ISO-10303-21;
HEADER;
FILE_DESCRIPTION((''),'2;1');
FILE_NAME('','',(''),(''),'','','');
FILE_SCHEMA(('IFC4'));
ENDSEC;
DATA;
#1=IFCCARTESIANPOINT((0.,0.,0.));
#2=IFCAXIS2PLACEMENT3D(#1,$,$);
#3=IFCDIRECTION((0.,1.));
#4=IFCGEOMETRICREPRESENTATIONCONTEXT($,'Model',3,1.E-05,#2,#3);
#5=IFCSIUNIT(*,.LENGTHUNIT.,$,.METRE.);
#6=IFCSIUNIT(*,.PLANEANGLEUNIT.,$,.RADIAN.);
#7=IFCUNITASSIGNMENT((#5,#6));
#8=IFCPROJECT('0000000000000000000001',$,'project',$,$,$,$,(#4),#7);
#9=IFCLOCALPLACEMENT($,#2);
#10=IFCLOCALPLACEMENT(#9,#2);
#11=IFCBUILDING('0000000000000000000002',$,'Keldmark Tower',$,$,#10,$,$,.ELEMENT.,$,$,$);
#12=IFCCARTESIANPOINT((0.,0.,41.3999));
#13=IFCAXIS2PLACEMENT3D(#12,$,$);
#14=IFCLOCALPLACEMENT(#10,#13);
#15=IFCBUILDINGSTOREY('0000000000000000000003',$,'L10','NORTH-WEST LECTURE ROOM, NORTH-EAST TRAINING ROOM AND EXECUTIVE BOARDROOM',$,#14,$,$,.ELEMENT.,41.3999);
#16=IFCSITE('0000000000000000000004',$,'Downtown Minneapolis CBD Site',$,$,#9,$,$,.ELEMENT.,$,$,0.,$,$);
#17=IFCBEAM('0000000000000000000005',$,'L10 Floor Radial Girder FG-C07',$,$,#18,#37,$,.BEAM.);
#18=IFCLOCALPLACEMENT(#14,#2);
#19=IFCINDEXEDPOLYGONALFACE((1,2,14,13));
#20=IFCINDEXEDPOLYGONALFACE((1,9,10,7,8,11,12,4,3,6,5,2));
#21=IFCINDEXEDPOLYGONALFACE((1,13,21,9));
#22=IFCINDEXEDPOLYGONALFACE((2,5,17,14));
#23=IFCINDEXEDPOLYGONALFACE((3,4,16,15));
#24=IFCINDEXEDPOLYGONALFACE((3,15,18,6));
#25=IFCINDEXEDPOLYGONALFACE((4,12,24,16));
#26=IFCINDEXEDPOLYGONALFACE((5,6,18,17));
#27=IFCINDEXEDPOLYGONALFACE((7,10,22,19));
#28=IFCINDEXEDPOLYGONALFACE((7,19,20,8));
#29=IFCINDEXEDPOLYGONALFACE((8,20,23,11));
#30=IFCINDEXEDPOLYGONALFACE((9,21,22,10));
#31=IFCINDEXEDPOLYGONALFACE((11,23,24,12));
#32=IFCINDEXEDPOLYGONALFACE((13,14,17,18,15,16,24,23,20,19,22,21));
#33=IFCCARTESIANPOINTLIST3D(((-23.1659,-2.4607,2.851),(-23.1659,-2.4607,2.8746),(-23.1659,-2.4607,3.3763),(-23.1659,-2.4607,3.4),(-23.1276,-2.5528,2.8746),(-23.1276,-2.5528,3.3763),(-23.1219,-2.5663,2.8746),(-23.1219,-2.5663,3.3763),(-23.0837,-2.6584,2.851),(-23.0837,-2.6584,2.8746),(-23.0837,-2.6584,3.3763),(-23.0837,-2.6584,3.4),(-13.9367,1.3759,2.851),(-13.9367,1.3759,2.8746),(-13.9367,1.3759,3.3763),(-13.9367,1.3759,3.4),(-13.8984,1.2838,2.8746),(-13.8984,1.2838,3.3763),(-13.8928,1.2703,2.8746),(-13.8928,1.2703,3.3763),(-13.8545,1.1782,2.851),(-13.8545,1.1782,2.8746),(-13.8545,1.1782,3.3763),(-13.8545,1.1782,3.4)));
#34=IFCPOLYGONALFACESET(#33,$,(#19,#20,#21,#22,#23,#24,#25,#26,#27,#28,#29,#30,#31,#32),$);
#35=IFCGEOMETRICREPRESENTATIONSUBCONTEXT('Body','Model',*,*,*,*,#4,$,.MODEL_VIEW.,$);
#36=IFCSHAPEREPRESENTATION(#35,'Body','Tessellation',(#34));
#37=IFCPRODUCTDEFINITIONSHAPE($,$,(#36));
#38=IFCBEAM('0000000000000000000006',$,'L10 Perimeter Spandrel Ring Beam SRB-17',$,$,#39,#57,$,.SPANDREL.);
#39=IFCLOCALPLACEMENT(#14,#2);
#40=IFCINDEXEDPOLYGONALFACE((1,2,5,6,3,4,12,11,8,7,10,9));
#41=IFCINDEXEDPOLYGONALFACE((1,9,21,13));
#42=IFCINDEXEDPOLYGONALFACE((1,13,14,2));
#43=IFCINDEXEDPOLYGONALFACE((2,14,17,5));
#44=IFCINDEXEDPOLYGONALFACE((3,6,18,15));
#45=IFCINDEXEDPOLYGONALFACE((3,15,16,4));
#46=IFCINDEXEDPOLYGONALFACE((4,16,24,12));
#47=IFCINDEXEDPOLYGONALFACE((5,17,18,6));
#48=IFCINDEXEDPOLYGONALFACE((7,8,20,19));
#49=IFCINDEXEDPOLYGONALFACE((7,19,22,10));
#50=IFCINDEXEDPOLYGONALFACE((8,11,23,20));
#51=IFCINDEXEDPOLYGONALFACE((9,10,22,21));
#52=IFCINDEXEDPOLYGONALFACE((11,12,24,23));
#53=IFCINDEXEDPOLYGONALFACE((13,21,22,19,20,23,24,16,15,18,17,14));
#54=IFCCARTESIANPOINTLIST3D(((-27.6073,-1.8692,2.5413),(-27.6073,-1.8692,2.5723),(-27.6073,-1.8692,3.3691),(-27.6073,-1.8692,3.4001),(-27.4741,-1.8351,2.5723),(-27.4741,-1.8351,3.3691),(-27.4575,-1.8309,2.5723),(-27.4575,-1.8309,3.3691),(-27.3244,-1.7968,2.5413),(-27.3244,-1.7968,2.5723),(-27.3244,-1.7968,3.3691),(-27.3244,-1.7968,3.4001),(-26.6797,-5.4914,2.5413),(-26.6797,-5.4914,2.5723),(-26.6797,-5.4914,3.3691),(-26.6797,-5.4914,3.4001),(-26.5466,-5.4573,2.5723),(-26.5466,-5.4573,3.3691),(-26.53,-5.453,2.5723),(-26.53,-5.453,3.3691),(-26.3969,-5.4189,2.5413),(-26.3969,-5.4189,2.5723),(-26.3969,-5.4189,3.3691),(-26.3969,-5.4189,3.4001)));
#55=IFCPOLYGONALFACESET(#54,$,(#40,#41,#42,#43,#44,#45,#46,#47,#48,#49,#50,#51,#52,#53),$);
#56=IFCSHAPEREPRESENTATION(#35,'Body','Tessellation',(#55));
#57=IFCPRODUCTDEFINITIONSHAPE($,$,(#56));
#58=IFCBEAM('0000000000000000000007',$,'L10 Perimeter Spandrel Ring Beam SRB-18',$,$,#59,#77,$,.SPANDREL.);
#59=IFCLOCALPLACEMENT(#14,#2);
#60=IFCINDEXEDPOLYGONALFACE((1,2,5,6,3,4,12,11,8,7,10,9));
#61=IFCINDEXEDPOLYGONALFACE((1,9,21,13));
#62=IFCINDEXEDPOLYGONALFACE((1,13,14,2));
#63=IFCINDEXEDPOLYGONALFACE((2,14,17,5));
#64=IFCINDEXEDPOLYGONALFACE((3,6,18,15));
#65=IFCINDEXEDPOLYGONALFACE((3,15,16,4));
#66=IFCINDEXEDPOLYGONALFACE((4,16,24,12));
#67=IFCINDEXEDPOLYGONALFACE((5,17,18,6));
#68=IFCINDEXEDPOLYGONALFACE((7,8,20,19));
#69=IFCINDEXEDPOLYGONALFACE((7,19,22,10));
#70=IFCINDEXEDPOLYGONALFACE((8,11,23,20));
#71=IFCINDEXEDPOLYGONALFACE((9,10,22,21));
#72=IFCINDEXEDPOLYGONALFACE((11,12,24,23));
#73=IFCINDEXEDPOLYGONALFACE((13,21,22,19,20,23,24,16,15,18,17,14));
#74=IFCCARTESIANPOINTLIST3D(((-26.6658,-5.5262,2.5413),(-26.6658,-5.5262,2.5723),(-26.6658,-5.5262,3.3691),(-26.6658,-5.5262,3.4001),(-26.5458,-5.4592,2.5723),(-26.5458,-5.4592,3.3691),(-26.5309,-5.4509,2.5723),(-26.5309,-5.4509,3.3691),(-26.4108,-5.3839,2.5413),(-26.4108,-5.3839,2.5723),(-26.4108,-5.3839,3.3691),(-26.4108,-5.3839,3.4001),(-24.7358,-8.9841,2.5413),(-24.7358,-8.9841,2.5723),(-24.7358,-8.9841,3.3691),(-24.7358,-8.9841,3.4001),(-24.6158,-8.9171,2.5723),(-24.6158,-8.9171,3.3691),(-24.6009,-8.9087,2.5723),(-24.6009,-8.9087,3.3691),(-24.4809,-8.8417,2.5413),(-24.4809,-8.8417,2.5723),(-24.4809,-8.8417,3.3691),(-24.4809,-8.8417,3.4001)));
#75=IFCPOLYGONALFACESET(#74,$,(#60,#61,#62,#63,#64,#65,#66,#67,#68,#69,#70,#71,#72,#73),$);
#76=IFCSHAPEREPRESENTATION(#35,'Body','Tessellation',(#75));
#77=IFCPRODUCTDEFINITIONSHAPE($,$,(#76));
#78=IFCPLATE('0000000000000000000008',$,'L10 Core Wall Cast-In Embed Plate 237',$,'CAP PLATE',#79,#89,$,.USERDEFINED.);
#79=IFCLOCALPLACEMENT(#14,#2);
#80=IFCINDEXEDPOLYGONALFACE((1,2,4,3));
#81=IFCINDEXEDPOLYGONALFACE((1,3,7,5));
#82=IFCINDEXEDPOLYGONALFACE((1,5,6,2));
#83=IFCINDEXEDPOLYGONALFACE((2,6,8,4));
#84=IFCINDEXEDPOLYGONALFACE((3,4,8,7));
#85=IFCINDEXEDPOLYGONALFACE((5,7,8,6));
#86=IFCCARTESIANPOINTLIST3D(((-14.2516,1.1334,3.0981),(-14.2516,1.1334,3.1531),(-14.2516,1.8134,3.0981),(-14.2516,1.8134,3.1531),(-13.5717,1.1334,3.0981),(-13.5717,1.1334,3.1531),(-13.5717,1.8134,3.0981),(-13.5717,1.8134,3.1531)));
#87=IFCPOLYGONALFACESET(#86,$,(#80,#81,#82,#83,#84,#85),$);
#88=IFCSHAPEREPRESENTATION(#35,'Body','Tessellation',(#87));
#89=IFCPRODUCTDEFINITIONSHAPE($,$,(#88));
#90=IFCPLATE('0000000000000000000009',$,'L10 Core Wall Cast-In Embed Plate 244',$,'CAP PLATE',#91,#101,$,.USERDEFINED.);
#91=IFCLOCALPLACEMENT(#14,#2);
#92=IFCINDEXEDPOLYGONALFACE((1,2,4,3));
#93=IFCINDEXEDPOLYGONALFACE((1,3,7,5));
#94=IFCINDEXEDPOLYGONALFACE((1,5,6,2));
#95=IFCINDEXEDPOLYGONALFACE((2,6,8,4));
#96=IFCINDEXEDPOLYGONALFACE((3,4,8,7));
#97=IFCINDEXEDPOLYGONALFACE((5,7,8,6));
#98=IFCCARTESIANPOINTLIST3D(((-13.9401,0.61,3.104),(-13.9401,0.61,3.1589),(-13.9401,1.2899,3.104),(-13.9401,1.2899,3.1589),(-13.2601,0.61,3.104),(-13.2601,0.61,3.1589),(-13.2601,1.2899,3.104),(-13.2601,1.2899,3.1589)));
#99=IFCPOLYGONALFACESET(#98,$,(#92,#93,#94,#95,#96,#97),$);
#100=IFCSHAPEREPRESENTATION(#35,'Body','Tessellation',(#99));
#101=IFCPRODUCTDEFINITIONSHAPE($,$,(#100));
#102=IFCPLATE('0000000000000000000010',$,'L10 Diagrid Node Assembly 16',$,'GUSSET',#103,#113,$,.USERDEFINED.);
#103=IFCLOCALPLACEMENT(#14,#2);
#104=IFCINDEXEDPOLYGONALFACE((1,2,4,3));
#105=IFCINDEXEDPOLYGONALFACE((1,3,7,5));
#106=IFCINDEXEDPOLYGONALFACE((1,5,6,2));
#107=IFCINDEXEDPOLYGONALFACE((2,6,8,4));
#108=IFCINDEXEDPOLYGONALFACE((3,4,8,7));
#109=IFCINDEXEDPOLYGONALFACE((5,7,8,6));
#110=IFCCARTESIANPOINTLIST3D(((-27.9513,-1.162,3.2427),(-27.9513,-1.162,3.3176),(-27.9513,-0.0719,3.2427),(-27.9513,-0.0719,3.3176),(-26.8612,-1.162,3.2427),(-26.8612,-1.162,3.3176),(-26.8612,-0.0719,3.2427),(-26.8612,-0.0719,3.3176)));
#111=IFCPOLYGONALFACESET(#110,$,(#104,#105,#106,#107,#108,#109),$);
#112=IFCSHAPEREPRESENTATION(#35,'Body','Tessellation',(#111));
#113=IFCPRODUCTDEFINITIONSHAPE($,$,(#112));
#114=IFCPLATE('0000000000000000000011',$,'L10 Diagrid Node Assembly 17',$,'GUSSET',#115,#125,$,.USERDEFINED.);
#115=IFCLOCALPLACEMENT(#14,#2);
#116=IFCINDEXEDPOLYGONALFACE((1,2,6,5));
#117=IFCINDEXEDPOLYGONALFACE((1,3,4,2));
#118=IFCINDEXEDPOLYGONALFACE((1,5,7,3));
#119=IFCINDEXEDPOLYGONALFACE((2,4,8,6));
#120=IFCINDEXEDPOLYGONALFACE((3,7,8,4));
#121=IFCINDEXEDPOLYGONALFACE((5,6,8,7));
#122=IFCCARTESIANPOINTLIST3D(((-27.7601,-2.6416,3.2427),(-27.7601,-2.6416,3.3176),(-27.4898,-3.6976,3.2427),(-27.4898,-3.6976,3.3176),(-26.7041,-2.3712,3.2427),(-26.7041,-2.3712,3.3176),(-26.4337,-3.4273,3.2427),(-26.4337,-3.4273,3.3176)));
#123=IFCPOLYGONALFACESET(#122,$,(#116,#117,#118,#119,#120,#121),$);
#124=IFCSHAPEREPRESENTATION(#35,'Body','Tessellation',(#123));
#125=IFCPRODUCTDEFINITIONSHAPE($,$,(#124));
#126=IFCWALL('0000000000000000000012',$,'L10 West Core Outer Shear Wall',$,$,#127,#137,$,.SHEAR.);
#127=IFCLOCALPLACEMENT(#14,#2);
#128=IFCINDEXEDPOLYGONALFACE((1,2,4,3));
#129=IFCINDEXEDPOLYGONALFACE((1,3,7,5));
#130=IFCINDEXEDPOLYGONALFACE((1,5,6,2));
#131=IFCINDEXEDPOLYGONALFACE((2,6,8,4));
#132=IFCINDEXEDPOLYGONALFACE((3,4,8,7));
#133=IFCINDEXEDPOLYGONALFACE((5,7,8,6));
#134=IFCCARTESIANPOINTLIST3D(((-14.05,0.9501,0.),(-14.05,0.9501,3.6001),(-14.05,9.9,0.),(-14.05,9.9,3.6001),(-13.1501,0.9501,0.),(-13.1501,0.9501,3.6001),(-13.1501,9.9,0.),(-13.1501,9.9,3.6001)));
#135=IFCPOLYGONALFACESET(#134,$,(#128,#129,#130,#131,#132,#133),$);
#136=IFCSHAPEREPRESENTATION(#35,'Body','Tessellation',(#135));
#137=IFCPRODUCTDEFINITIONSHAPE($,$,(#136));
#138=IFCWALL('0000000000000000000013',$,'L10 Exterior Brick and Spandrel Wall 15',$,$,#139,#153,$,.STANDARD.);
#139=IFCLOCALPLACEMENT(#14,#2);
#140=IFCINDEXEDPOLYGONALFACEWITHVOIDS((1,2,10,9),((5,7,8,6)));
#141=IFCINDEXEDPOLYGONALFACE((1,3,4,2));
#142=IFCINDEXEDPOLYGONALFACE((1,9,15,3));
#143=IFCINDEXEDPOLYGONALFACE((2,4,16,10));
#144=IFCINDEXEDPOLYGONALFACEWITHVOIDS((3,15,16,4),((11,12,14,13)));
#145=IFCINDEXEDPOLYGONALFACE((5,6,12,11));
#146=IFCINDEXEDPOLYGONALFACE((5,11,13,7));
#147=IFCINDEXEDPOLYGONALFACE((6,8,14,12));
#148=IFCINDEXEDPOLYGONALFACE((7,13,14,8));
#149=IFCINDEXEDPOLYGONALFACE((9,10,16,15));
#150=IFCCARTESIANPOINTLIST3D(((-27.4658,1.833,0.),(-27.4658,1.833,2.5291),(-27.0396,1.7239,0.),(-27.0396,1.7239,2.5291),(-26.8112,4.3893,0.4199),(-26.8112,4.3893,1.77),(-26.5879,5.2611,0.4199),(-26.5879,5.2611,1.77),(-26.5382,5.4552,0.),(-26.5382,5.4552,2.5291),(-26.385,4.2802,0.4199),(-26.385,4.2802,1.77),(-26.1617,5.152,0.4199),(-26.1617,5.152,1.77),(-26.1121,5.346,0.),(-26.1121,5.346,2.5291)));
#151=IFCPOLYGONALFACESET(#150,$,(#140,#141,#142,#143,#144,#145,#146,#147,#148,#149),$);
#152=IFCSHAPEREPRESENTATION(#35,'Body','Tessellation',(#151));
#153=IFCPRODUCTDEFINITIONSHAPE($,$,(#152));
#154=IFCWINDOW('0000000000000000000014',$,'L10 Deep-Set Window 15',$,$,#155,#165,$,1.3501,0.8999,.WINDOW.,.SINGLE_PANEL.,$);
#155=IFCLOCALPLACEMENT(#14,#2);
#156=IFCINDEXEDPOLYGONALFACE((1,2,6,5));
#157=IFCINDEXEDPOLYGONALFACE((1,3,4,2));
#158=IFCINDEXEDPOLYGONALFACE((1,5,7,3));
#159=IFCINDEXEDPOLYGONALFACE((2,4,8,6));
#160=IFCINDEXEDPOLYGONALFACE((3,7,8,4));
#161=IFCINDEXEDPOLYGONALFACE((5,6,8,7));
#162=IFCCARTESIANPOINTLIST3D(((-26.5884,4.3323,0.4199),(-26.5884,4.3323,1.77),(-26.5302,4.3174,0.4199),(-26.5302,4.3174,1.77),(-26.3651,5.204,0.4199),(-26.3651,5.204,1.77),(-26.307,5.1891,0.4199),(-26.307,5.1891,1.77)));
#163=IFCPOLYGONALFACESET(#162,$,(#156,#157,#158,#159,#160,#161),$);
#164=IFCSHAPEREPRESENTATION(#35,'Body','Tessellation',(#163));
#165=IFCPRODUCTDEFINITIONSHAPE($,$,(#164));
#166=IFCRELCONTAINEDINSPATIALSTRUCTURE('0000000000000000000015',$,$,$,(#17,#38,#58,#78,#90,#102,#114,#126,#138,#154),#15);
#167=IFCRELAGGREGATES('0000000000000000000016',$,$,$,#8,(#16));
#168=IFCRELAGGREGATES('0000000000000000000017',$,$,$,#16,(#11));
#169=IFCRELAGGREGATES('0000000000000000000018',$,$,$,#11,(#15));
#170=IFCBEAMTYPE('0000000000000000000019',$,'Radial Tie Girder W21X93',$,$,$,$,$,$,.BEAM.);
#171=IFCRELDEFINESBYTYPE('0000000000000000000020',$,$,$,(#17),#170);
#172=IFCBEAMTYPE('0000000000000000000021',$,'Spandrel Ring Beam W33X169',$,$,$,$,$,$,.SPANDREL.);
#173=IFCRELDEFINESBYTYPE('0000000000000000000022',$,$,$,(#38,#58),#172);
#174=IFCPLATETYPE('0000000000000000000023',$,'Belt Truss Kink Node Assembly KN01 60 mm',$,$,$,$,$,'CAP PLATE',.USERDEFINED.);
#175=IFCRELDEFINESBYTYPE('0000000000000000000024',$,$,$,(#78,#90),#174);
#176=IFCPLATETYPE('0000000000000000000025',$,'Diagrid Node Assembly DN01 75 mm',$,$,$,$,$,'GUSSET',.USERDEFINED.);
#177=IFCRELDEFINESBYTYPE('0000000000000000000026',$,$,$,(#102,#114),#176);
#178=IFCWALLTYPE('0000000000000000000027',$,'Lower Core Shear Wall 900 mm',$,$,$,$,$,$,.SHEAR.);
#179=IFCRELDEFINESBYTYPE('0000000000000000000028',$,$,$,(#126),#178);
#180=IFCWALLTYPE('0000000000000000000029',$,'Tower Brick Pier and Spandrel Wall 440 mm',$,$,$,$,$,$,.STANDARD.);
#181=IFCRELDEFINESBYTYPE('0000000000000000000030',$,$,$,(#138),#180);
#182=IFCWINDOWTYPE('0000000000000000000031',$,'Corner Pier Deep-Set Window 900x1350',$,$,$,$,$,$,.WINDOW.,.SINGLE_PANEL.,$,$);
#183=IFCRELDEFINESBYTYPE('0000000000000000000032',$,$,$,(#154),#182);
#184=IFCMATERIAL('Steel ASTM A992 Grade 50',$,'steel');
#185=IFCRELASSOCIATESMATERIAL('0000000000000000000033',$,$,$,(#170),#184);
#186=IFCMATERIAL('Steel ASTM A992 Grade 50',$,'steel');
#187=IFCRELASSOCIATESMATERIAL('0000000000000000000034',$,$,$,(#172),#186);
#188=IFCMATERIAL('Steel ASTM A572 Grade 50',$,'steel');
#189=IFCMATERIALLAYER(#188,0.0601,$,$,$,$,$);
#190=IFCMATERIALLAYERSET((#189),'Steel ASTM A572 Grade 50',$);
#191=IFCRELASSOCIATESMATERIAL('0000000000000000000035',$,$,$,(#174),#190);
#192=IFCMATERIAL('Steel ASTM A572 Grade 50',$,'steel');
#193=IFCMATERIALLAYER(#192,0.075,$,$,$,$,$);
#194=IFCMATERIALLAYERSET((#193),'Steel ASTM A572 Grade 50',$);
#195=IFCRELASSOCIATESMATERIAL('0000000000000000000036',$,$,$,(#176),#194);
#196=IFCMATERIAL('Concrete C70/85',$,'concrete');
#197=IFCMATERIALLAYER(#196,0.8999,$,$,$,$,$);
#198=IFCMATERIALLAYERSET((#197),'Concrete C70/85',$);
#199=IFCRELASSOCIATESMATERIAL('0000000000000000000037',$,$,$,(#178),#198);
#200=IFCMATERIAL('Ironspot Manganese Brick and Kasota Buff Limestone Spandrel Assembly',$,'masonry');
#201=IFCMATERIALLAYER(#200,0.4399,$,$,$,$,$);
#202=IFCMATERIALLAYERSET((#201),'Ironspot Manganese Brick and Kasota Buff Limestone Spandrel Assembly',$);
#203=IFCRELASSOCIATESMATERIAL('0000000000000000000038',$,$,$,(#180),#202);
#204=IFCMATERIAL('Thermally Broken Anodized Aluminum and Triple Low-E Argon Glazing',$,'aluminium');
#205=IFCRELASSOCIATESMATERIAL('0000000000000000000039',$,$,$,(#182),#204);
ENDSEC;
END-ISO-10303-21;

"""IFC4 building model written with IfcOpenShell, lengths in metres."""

from ifc_helpers import new_model, si_unit, direction, frame, frame_2d, origin, origin_2d, place, context, subcontext, project, spatial, rectangle, i_section, extrude, material, layer, layer_set, material_profile, profile_set, type_object, element, fill, save


model = new_model("IFC4")

# Units and contexts
model_context = context("Model", 3, precision=1e-05, world=origin(), true_north=direction((0.0, 1.0)))
body_context = subcontext(model_context, "Body", "Model", "MODEL_VIEW")
ifc_project = project(units=[si_unit("LENGTHUNIT", "METRE"), si_unit("PLANEANGLEUNIT", "RADIAN")], contexts=[model_context])

# Site, building, storey
site_placement = place(None, origin())
site = spatial("IfcSite", under=ifc_project, at=site_placement, Name="Downtown Minneapolis CBD Site", CompositionType="ELEMENT", RefElevation=0.0)
building_placement = place(site_placement, origin())
building = spatial("IfcBuilding", under=site, at=building_placement, Name="Keldmark Tower", CompositionType="ELEMENT")
storey_placement = place(building_placement, frame((0.0, 0.0, 41.3999)))
storey = spatial("IfcBuildingStorey", under=building, at=storey_placement, Name="L10", Description="NORTH-WEST LECTURE ROOM, NORTH-EAST TRAINING ROOM AND EXECUTIVE BOARDROOM", CompositionType="ELEMENT", Elevation=41.3999)

# Beams
ifc_material_1 = material(Name="Steel ASTM A992 Grade 50", Category="steel")
ifc_material_profile_1 = material_profile(ifc_material_1, i_section(OverallWidth=0.2141, OverallDepth=0.5491, WebThickness=0.0146, FlangeThickness=0.0237, at=origin_2d()), Name="W21X93")
ifc_profile_set_1 = profile_set([ifc_material_profile_1], Name="Steel ASTM A992 Grade 50")
beam_type_1 = type_object("IfcBeamType", Name="Radial Tie Girder W21X93", PredefinedType="BEAM", material=ifc_profile_set_1)
beam_1_placement = place(storey_placement, frame((-23.1248, -2.5596, 3.1255), z_axis=(0.923391, 0.383861, 0.0), x_axis=(-0.383861, 0.923391, 0.0)))
element("IfcBeam", 1, at=beam_1_placement, inside=storey, type_object=beam_type_1, Name="L10 Floor Radial Girder FG-C07", PredefinedType="BEAM", context=body_context, shape_type="SweptSolid", body=[
    extrude(i_section(OverallWidth=0.2141, OverallDepth=0.5491, WebThickness=0.0146, FlangeThickness=0.0237, at=origin_2d()), origin(), (0.0, 0.0, 1.0), 9.9949),
])
ifc_material_2 = material(Name="Steel ASTM A992 Grade 50", Category="steel")
ifc_material_profile_2 = material_profile(ifc_material_2, i_section(OverallWidth=0.292, OverallDepth=0.8589, WebThickness=0.0171, FlangeThickness=0.031, at=origin_2d()), Name="W33X169")
ifc_profile_set_2 = profile_set([ifc_material_profile_2], Name="Steel ASTM A992 Grade 50")
beam_type_2 = type_object("IfcBeamType", Name="Spandrel Ring Beam W33X169", PredefinedType="SPANDREL", material=ifc_profile_set_2)
beam_2_placement = place(storey_placement, frame((-27.4658, -1.833, 2.9707), z_axis=(0.248063, -0.968744, 0.0), x_axis=(0.968744, 0.248063, 0.0)))
element("IfcBeam", 2, at=beam_2_placement, inside=storey, type_object=beam_type_2, Name="L10 Perimeter Spandrel Ring Beam SRB-17", PredefinedType="SPANDREL", context=body_context, shape_type="SweptSolid", body=[
    extrude(i_section(OverallWidth=0.292, OverallDepth=0.8589, WebThickness=0.0171, FlangeThickness=0.031, at=origin_2d()), origin(), (0.0, 0.0, 1.0), 3.739),
])
beam_3_placement = place(storey_placement, frame((-26.5383, -5.4551, 2.9707), z_axis=(0.487369, -0.873196, 0.0), x_axis=(0.873196, 0.487369, 0.0)))
element("IfcBeam", 3, at=beam_3_placement, inside=storey, type_object=beam_type_2, Name="L10 Perimeter Spandrel Ring Beam SRB-18", PredefinedType="SPANDREL", context=body_context, shape_type="SweptSolid", body=[
    extrude(i_section(OverallWidth=0.292, OverallDepth=0.8589, WebThickness=0.0171, FlangeThickness=0.031, at=origin_2d()), origin(), (0.0, 0.0, 1.0), 3.96),
])

# Plates
ifc_material_3 = material(Name="Steel ASTM A572 Grade 50", Category="steel")
ifc_layer_1 = layer(ifc_material_3, 0.0601)
ifc_layer_set_1 = layer_set([ifc_layer_1], Name="Steel ASTM A572 Grade 50")
plate_type_1 = type_object("IfcPlateType", Name="Belt Truss Kink Node Assembly KN01 60 mm", ElementType="CAP PLATE", PredefinedType="USERDEFINED", material=ifc_layer_set_1)
for number, where, z_axis, x_axis, name in (
    (4, (-13.9116, 1.4734, 3.0981), (0.0, 0.0, 1.0), (1.0, 0.0, 0.0), "L10 Core Wall Cast-In Embed Plate 237"),
    (5, (-13.6001, 0.95, 3.104), (0.0, 0.0, 1.0), (1.0, 0.0, 0.0), "L10 Core Wall Cast-In Embed Plate 244"),
):
    element("IfcPlate", number, at=place(storey_placement, frame(where, z_axis=z_axis, x_axis=x_axis)), inside=storey, type_object=plate_type_1, Name=name, ObjectType="CAP PLATE", PredefinedType="USERDEFINED", context=body_context, shape_type="SweptSolid", body=[
        extrude(rectangle(XDim=0.6799, YDim=0.6799, at=origin_2d()), origin(), (0.0, 0.0, 1.0), 0.0549),
    ])
ifc_material_4 = material(Name="Steel ASTM A572 Grade 50", Category="steel")
ifc_layer_2 = layer(ifc_material_4, 0.075)
ifc_layer_set_2 = layer_set([ifc_layer_2], Name="Steel ASTM A572 Grade 50")
plate_type_2 = type_object("IfcPlateType", Name="Diagrid Node Assembly DN01 75 mm", ElementType="GUSSET", PredefinedType="USERDEFINED", material=ifc_layer_set_2)
for number, where, z_axis, x_axis, name in (
    (6, (-27.4062, -0.6169, 3.2427), (0.0, 0.0, 1.0), (0.0, -1.0, 0.0), "L10 Diagrid Node Assembly 16"),
    (7, (-27.0969, -3.0344, 3.2427), (0.0, 0.0, 1.0), (0.248014, -0.968757, 0.0), "L10 Diagrid Node Assembly 17"),
):
    element("IfcPlate", number, at=place(storey_placement, frame(where, z_axis=z_axis, x_axis=x_axis)), inside=storey, type_object=plate_type_2, Name=name, ObjectType="GUSSET", PredefinedType="USERDEFINED", context=body_context, shape_type="SweptSolid", body=[
        extrude(rectangle(XDim=1.0901, YDim=1.0901, at=origin_2d()), origin(), (0.0, 0.0, 1.0), 0.075),
    ])

# Wall
ifc_material_5 = material(Name="Concrete C70/85", Category="concrete")
ifc_layer_3 = layer(ifc_material_5, 0.8999)
ifc_layer_set_3 = layer_set([ifc_layer_3], Name="Concrete C70/85")
wall_type_1 = type_object("IfcWallType", Name="Lower Core Shear Wall 900 mm", PredefinedType="SHEAR", material=ifc_layer_set_3)
wall_1_placement = place(storey_placement, frame((-13.6001, 0.95, 0.0), z_axis=(0.0, 0.0, 1.0), x_axis=(0.0, 1.0, 0.0)))
element("IfcWall", 8, at=wall_1_placement, inside=storey, type_object=wall_type_1, Name="L10 West Core Outer Shear Wall", PredefinedType="SHEAR", context=body_context, shape_type="SweptSolid", body=[
    extrude(rectangle(XDim=8.95, YDim=0.8999, at=frame_2d((4.4751, 0.0))), origin(), (0.0, 0.0, 1.0), 3.6001),
])

# Wall, opening, window
ifc_material_6 = material(Name="Ironspot Manganese Brick and Kasota Buff Limestone Spandrel Assembly", Category="masonry")
ifc_layer_4 = layer(ifc_material_6, 0.4399)
ifc_layer_set_4 = layer_set([ifc_layer_4], Name="Ironspot Manganese Brick and Kasota Buff Limestone Spandrel Assembly")
wall_type_2 = type_object("IfcWallType", Name="Tower Brick Pier and Spandrel Wall 440 mm", PredefinedType="STANDARD", material=ifc_layer_set_4)
wall_2_placement = place(storey_placement, frame((-27.2527, 1.7783, 0.0), z_axis=(0.0, 0.0, 1.0), x_axis=(0.248063, 0.968744, 0.0)))
wall_2 = element("IfcWall", 9, at=wall_2_placement, inside=storey, type_object=wall_type_2, Name="L10 Exterior Brick and Spandrel Wall 15", PredefinedType="STANDARD", context=body_context, shape_type="SweptSolid", body=[
    extrude(rectangle(XDim=3.739, YDim=0.4399, at=frame_2d((1.8696, 0.0))), origin(), (0.0, 0.0, 1.0), 2.5291),
])
opening_1_placement = place(wall_2_placement, frame((2.6389, 0.0, 0.4199)))
opening_1 = element("IfcOpeningElement", 10, at=opening_1_placement, cuts=wall_2, PredefinedType="OPENING", context=body_context, shape_type="SweptSolid", body=[
    extrude(rectangle(XDim=0.8999, YDim=1.3501, at=frame_2d((0.45, 0.675))), frame((0.0, 0.23, 0.0), z_axis=(0.0, -1.0, 0.0), x_axis=(1.0, 0.0, 0.0)), (0.0, 0.0, 1.0), 0.46),
])
ifc_material_7 = material(Name="Thermally Broken Anodized Aluminum and Triple Low-E Argon Glazing", Category="aluminium")
window_type = type_object("IfcWindowType", Name="Corner Pier Deep-Set Window 900x1350", PartitioningType="SINGLE_PANEL", PredefinedType="WINDOW", material=ifc_material_7)
window_1_placement = place(opening_1_placement, origin())
window_1 = element("IfcWindow", 11, at=window_1_placement, inside=storey, type_object=window_type, Name="L10 Deep-Set Window 15", OverallHeight=1.3501, OverallWidth=0.8999, PartitioningType="SINGLE_PANEL", PredefinedType="WINDOW", context=body_context, shape_type="SweptSolid", body=[
    extrude(rectangle(XDim=0.8999, YDim=1.3501, at=frame_2d((0.45, 0.675))), frame((0.0, -0.01, 0.0), z_axis=(0.0, -1.0, 0.0), x_axis=(1.0, 0.0, 0.0)), (0.0, 0.0, 1.0), 0.0601),
])
fill(opening_1, window_1)

save(model, "model.ifc")
